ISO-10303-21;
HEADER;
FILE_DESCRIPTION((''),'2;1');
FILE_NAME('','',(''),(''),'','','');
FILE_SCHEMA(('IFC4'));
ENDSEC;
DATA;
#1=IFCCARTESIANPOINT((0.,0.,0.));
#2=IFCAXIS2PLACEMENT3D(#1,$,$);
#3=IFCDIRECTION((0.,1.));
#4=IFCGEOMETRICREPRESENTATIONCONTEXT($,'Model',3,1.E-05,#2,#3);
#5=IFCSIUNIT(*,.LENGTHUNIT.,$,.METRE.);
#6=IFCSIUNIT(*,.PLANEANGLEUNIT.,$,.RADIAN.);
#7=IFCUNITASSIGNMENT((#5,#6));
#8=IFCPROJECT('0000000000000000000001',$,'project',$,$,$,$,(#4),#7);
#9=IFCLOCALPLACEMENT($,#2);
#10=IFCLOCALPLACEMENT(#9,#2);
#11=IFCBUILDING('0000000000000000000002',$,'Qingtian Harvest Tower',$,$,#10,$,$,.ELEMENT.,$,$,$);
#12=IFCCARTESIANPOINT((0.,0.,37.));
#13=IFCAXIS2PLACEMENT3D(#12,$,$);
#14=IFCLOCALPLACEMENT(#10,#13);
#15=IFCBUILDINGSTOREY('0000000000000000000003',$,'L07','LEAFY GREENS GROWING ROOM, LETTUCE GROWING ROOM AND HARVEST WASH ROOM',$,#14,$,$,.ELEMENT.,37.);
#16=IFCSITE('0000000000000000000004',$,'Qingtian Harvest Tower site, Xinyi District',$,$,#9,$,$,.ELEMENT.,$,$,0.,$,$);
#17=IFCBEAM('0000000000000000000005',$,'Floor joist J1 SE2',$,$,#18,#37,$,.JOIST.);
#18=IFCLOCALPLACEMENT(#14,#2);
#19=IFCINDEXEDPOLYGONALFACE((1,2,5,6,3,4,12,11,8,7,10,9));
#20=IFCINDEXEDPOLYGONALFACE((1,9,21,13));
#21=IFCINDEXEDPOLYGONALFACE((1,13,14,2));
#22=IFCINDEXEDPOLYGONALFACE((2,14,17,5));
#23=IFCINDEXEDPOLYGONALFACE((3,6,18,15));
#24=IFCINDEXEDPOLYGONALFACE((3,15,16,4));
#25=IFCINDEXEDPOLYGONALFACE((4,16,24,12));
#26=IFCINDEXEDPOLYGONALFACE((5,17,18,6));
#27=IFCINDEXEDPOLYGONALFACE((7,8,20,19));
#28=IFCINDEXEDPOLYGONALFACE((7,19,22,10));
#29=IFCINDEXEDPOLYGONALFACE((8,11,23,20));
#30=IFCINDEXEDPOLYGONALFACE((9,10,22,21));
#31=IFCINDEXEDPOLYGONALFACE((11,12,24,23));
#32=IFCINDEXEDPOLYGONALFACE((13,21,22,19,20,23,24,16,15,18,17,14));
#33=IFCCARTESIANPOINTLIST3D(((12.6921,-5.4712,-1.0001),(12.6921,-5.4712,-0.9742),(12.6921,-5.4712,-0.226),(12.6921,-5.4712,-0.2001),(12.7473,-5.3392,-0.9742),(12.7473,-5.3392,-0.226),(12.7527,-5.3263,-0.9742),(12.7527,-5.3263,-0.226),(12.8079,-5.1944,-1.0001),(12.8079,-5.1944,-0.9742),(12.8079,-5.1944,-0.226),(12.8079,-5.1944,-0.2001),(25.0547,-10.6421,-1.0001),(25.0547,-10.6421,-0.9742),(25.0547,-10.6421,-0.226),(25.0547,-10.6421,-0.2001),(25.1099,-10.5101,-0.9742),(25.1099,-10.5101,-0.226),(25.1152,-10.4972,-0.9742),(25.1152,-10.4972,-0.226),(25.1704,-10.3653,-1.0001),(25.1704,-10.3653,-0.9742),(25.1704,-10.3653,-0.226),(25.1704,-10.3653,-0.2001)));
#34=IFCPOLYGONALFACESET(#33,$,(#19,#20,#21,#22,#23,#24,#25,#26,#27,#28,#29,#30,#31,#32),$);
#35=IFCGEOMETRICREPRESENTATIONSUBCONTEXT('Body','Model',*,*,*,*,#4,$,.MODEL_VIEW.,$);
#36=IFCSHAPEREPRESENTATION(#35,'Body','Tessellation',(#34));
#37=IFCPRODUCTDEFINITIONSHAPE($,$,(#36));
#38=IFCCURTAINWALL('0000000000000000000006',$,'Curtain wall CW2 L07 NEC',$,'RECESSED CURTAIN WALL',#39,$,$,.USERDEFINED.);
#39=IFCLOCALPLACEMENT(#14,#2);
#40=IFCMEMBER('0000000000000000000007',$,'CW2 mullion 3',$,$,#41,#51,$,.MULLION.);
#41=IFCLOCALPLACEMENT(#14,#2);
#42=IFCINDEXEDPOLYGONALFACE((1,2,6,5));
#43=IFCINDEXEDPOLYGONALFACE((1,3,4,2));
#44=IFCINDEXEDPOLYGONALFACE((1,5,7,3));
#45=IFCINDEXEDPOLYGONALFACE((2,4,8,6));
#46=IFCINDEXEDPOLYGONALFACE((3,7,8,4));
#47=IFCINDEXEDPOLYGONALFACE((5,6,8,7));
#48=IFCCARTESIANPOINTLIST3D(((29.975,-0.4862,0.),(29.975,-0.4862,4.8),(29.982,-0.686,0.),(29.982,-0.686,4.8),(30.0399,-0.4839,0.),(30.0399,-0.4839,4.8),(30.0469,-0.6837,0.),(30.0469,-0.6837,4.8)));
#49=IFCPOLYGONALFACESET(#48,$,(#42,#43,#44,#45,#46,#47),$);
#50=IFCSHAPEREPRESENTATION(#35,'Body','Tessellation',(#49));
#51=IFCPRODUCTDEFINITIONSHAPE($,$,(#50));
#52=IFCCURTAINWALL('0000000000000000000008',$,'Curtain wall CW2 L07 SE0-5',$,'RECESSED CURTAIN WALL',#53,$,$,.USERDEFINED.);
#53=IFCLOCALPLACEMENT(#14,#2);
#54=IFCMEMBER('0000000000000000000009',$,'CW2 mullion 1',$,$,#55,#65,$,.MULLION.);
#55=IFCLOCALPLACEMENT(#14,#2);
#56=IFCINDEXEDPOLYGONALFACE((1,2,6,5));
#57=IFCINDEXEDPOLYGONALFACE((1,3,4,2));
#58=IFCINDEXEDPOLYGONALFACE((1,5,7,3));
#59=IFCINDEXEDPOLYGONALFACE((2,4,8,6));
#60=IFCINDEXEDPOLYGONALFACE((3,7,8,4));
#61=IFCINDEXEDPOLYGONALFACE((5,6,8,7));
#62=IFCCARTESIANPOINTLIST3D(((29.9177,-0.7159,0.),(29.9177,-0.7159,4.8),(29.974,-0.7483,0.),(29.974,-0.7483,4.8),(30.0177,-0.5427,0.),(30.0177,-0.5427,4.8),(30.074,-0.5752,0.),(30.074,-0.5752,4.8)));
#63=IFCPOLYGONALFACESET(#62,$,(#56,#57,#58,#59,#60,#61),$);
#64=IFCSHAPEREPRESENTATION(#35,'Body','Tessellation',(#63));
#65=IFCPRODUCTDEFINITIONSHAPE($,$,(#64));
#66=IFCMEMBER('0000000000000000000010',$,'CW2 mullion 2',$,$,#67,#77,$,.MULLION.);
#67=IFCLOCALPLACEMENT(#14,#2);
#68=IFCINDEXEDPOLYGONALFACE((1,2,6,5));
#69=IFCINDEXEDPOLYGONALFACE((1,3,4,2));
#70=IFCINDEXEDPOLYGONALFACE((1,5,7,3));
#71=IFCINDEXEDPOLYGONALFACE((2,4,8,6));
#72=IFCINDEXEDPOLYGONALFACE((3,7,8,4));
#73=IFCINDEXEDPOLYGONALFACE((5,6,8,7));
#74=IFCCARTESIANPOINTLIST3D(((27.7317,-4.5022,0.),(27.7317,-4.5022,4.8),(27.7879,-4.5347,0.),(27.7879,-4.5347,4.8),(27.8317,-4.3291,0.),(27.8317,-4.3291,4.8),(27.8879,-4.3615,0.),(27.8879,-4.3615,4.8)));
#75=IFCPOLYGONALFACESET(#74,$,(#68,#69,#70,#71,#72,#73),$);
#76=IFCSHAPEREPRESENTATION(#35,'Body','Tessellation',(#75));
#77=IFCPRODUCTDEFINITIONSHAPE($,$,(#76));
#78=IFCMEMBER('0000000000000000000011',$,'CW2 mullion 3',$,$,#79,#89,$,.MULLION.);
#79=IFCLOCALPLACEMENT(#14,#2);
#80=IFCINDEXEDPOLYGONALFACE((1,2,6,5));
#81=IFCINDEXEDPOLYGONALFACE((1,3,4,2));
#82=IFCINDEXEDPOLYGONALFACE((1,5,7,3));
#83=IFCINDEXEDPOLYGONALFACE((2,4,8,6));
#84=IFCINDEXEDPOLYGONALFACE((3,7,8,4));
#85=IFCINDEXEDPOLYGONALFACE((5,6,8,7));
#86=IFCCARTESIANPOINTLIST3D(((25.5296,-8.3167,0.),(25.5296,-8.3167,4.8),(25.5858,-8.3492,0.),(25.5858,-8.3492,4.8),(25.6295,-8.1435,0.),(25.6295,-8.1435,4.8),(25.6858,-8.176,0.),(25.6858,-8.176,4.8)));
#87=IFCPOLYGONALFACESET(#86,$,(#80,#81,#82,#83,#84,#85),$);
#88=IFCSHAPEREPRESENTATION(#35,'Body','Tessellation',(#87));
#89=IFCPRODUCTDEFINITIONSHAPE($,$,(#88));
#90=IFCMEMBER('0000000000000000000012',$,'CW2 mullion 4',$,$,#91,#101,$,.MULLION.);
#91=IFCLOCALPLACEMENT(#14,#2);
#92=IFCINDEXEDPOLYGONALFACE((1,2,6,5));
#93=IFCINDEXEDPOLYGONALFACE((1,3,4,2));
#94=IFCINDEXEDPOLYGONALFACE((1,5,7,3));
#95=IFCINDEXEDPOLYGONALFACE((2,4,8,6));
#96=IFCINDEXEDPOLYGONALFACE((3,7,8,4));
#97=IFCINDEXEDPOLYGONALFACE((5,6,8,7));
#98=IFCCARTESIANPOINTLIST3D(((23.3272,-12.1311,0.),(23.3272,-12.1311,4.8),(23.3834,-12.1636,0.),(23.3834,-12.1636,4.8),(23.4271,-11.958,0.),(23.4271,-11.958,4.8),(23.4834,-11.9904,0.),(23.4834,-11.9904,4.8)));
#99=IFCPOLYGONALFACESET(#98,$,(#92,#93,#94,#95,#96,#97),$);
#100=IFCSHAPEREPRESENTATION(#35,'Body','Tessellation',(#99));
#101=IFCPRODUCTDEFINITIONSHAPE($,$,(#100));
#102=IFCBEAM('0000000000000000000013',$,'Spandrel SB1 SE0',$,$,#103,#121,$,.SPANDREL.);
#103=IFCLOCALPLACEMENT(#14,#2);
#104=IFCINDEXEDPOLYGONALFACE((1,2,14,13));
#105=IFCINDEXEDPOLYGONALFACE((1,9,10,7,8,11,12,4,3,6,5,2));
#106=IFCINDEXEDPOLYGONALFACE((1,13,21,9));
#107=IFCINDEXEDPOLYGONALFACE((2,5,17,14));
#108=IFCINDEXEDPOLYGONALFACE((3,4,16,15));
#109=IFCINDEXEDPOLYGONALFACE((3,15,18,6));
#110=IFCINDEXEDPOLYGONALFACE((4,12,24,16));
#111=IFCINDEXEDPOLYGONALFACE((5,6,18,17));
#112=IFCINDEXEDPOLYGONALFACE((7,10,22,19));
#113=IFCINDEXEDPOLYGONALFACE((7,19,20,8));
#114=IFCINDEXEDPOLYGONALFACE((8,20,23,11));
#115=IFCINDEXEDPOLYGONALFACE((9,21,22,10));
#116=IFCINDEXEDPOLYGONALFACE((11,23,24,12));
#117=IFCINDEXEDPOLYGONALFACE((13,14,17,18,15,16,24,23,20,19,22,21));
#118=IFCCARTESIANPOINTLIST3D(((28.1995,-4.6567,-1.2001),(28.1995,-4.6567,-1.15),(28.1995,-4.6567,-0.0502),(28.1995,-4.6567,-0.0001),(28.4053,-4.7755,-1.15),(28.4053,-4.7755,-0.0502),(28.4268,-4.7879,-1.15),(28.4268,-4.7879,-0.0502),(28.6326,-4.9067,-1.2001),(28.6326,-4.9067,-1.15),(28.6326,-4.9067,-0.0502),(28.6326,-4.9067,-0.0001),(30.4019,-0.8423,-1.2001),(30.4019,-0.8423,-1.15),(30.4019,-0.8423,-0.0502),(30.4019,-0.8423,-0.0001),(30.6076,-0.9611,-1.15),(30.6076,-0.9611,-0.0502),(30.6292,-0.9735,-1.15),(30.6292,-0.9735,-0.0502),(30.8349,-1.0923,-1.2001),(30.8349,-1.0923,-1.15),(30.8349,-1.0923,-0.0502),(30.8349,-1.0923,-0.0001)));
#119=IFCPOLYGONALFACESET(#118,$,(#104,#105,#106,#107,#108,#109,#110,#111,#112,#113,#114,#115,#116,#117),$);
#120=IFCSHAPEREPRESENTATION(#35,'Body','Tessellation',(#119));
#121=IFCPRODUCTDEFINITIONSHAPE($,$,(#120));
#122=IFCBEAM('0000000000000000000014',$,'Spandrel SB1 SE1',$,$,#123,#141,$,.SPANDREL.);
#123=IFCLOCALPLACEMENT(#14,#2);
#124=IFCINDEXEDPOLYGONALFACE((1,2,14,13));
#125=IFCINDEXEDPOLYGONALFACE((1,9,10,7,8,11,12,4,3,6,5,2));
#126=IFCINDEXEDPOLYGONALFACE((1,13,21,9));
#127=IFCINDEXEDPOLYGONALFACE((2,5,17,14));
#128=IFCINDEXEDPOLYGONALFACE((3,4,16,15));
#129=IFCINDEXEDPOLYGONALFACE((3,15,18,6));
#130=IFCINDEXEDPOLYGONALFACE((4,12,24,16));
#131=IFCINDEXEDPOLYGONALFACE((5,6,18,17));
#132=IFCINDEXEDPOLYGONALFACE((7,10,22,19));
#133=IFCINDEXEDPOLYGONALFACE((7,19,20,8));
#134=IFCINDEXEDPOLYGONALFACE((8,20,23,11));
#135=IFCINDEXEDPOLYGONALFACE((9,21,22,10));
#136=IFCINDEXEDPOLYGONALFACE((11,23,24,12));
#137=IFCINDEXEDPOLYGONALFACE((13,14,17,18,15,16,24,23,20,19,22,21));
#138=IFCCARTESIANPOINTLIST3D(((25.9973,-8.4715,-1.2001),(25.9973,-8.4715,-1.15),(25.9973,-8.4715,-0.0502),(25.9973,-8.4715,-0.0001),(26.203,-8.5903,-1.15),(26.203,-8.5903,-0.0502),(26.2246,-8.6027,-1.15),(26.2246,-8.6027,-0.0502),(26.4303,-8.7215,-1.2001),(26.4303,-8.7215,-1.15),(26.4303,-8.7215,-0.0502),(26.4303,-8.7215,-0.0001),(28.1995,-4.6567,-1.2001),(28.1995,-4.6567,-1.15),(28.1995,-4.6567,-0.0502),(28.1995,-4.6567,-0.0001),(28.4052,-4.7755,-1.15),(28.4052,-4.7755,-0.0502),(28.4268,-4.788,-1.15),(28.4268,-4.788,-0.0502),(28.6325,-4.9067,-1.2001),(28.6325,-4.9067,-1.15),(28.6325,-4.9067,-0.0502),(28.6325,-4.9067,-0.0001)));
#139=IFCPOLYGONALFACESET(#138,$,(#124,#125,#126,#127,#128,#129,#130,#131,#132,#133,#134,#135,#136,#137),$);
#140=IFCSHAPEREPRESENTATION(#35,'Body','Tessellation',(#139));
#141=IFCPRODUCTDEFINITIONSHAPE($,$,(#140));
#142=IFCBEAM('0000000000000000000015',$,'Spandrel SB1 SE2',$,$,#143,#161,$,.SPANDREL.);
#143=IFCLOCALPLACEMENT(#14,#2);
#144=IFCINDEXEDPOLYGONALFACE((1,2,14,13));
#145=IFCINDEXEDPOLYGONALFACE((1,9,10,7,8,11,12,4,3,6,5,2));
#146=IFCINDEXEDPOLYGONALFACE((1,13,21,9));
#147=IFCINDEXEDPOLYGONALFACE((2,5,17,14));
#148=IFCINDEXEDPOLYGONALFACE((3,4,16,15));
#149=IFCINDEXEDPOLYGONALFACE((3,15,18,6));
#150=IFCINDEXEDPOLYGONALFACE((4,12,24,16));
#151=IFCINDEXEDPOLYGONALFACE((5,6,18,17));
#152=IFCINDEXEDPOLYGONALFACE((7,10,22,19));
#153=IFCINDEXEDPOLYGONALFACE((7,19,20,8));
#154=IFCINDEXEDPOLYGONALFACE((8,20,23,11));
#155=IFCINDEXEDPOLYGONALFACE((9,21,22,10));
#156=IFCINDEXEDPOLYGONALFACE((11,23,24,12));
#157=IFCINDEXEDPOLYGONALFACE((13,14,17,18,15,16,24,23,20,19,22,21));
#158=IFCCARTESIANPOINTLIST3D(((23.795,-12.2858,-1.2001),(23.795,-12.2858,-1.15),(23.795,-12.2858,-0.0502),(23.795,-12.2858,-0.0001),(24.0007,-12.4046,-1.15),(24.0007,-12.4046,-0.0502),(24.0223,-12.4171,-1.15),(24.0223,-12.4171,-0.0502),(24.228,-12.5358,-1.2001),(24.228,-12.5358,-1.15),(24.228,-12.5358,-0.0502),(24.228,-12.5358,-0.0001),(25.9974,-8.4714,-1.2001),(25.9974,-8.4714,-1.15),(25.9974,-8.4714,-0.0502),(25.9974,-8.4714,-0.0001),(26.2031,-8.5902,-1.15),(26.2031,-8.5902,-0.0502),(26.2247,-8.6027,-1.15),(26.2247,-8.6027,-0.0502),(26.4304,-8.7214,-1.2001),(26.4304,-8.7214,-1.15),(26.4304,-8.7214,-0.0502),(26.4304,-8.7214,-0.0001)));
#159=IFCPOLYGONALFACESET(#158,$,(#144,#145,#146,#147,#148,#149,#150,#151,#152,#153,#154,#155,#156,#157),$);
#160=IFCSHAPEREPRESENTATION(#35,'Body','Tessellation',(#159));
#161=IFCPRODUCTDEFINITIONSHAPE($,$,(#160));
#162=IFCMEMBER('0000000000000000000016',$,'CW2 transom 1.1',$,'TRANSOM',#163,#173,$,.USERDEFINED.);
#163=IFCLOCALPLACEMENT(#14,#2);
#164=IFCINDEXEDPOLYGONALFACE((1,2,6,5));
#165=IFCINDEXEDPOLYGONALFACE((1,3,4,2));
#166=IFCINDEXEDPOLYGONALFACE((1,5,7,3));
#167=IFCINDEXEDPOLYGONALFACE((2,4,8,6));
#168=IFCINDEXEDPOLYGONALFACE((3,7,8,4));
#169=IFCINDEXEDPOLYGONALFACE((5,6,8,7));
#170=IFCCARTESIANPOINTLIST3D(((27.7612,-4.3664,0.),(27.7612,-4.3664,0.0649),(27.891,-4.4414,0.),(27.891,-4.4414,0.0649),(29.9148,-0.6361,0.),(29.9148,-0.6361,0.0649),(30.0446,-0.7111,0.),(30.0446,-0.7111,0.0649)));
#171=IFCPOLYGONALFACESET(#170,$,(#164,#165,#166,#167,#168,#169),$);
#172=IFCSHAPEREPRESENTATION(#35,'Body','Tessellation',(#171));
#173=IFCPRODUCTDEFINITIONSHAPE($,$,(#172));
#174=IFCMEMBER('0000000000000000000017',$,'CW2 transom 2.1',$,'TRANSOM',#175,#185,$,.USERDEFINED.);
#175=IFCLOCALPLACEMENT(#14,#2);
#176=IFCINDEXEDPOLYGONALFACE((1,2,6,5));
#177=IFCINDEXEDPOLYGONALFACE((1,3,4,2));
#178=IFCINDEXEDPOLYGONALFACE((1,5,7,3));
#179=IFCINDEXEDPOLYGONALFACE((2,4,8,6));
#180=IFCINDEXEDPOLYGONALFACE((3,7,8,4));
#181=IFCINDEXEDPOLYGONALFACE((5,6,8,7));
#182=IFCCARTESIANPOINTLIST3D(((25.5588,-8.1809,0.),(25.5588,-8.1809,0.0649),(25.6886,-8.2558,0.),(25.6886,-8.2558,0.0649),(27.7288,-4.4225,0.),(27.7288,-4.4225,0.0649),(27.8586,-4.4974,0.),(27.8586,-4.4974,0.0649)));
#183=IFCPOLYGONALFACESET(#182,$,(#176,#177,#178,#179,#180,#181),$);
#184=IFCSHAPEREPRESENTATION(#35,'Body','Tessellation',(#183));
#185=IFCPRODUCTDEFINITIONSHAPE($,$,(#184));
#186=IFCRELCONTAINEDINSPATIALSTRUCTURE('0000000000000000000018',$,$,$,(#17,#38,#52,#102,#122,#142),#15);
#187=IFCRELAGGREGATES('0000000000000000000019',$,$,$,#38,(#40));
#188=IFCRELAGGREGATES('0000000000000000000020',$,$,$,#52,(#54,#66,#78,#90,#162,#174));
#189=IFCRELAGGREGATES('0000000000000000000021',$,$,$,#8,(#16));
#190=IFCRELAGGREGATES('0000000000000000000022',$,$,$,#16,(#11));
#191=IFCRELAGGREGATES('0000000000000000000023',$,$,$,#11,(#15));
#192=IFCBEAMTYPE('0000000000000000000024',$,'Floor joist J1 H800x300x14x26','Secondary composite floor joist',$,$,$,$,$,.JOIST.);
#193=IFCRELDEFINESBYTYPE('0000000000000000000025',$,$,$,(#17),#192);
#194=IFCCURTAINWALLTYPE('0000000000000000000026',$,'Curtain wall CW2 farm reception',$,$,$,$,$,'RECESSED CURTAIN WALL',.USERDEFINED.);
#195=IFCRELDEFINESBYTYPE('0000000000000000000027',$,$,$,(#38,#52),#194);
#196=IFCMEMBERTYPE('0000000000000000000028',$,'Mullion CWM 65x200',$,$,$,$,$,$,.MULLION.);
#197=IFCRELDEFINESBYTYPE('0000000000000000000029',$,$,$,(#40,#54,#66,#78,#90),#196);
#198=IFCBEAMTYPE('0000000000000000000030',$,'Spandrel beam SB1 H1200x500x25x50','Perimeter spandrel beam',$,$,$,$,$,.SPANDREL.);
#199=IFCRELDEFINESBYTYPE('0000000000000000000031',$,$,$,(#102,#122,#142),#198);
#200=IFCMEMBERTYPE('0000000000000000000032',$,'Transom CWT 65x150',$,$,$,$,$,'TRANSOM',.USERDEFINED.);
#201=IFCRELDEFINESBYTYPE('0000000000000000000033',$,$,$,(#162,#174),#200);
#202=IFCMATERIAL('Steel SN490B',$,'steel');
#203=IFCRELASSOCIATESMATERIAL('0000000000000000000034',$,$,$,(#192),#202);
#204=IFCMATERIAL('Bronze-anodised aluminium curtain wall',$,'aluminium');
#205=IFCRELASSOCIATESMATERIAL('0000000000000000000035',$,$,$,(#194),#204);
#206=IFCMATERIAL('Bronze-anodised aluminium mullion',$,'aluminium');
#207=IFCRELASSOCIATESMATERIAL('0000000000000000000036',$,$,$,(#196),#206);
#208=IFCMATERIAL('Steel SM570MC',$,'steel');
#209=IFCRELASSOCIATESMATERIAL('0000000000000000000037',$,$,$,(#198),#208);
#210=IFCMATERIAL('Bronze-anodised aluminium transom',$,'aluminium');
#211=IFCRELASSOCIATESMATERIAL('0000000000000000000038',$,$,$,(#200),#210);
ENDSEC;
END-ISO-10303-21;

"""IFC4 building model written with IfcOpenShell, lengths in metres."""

from ifc_helpers import new_model, si_unit, direction, frame, origin, origin_2d, place, context, subcontext, project, spatial, rectangle, i_section, extrude, material, material_profile, profile_set, type_object, element, aggregate, save


model = new_model("IFC4")

# Units and contexts
model_context = context("Model", 3, precision=1e-05, world=origin(), true_north=direction((0.0, 1.0)))
body_context = subcontext(model_context, "Body", "Model", "MODEL_VIEW")
ifc_project = project(units=[si_unit("LENGTHUNIT", "METRE"), si_unit("PLANEANGLEUNIT", "RADIAN")], contexts=[model_context])

# Site, building, storey
site_placement = place(None, origin())
site = spatial("IfcSite", under=ifc_project, at=site_placement, Name="Qingtian Harvest Tower site, Xinyi District", CompositionType="ELEMENT", RefElevation=0.0)
building_placement = place(site_placement, origin())
building = spatial("IfcBuilding", under=site, at=building_placement, Name="Qingtian Harvest Tower", CompositionType="ELEMENT")
storey_placement = place(building_placement, frame((0.0, 0.0, 37.0)))
storey = spatial("IfcBuildingStorey", under=building, at=storey_placement, Name="L07", Description="LEAFY GREENS GROWING ROOM, LETTUCE GROWING ROOM AND HARVEST WASH ROOM", CompositionType="ELEMENT", Elevation=37.0)

# Beam
ifc_material_1 = material(Name="Steel SN490B", Category="steel")
ifc_material_profile_1 = material_profile(ifc_material_1, i_section(OverallWidth=0.3, OverallDepth=0.8, WebThickness=0.0139, FlangeThickness=0.0259, at=origin_2d()), Name="H800x300x14x26")
ifc_profile_set_1 = profile_set([ifc_material_profile_1], Name="Steel SN490B")
beam_type_1 = type_object("IfcBeamType", Name="Floor joist J1 H800x300x14x26", Description="Secondary composite floor joist", PredefinedType="JOIST", material=ifc_profile_set_1)
beam_1_placement = place(storey_placement, frame((25.1125, -10.5037, -0.6001), z_axis=(-0.922551, 0.385876, 0.0), x_axis=(-0.385876, -0.922551, 0.0)))
element("IfcBeam", 1, at=beam_1_placement, inside=storey, type_object=beam_type_1, Name="Floor joist J1 SE2", PredefinedType="JOIST", context=body_context, shape_type="SweptSolid", body=[
    extrude(i_section(OverallWidth=0.3, OverallDepth=0.8, WebThickness=0.0139, FlangeThickness=0.0259, at=origin_2d()), origin(), (0.0, 0.0, 1.0), 13.4004),
])

# Curtain wall, member
ifc_material_2 = material(Name="Bronze-anodised aluminium curtain wall", Category="aluminium")
curtain_wall_type = type_object("IfcCurtainWallType", Name="Curtain wall CW2 farm reception", ElementType="RECESSED CURTAIN WALL", PredefinedType="USERDEFINED", material=ifc_material_2)
curtain_wall_1_placement = place(storey_placement, origin())
curtain_wall_1 = element("IfcCurtainWall", 2, at=curtain_wall_1_placement, inside=storey, type_object=curtain_wall_type, Name="Curtain wall CW2 L07 NEC", ObjectType="RECESSED CURTAIN WALL", PredefinedType="USERDEFINED")
ifc_material_3 = material(Name="Bronze-anodised aluminium mullion", Category="aluminium")
ifc_material_profile_2 = material_profile(ifc_material_3, rectangle(XDim=0.0649, YDim=0.2, at=origin_2d()), Name="AL 65x200")
ifc_profile_set_2 = profile_set([ifc_material_profile_2], Name="Bronze-anodised aluminium mullion")
member_type_1 = type_object("IfcMemberType", Name="Mullion CWM 65x200", PredefinedType="MULLION", material=ifc_profile_set_2)
member_1_placement = place(storey_placement, frame((30.011, -0.585, 0.0), z_axis=(0.0, 0.0, 1.0), x_axis=(0.999391, 0.034899, 0.0)))
member_1 = element("IfcMember", 3, at=member_1_placement, type_object=member_type_1, Name="CW2 mullion 3", PredefinedType="MULLION", context=body_context, shape_type="SweptSolid", body=[
    extrude(rectangle(XDim=0.0649, YDim=0.2, at=origin_2d()), origin(), (0.0, 0.0, 1.0), 4.8),
])
aggregate(curtain_wall_1, [member_1])

# Curtain wall, members
curtain_wall_2_placement = place(storey_placement, origin())
curtain_wall_2 = element("IfcCurtainWall", 4, at=curtain_wall_2_placement, inside=storey, type_object=curtain_wall_type, Name="Curtain wall CW2 L07 SE0-5", ObjectType="RECESSED CURTAIN WALL", PredefinedType="USERDEFINED")
member_2_placement = place(storey_placement, frame((29.9958, -0.6455, 0.0), z_axis=(0.0, 0.0, 1.0), x_axis=(0.866025, -0.5, 0.0)))
member_2 = element("IfcMember", 5, at=member_2_placement, type_object=member_type_1, Name="CW2 mullion 1", PredefinedType="MULLION", context=body_context, shape_type="SweptSolid", body=[
    extrude(rectangle(XDim=0.0649, YDim=0.2, at=origin_2d()), origin(), (0.0, 0.0, 1.0), 4.8),
])
member_3_placement = place(storey_placement, frame((27.8098, -4.4319, 0.0), z_axis=(0.0, 0.0, 1.0), x_axis=(0.866025, -0.5, 0.0)))
member_3 = element("IfcMember", 6, at=member_3_placement, type_object=member_type_1, Name="CW2 mullion 2", PredefinedType="MULLION", context=body_context, shape_type="SweptSolid", body=[
    extrude(rectangle(XDim=0.0649, YDim=0.2, at=origin_2d()), origin(), (0.0, 0.0, 1.0), 4.8),
])
member_4_placement = place(storey_placement, frame((25.6077, -8.2463, 0.0), z_axis=(0.0, 0.0, 1.0), x_axis=(0.866025, -0.5, 0.0)))
member_4 = element("IfcMember", 7, at=member_4_placement, type_object=member_type_1, Name="CW2 mullion 3", PredefinedType="MULLION", context=body_context, shape_type="SweptSolid", body=[
    extrude(rectangle(XDim=0.0649, YDim=0.2, at=origin_2d()), origin(), (0.0, 0.0, 1.0), 4.8),
])
member_5_placement = place(storey_placement, frame((23.4053, -12.0608, 0.0), z_axis=(0.0, 0.0, 1.0), x_axis=(0.866025, -0.5, 0.0)))
member_5 = element("IfcMember", 8, at=member_5_placement, type_object=member_type_1, Name="CW2 mullion 4", PredefinedType="MULLION", context=body_context, shape_type="SweptSolid", body=[
    extrude(rectangle(XDim=0.0649, YDim=0.2, at=origin_2d()), origin(), (0.0, 0.0, 1.0), 4.8),
])

# Beams
ifc_material_4 = material(Name="Steel SM570MC", Category="steel")
ifc_material_profile_3 = material_profile(ifc_material_4, i_section(OverallWidth=0.5, OverallDepth=1.2, WebThickness=0.0249, FlangeThickness=0.05, at=origin_2d()), Name="H1200x500x25x50")
ifc_profile_set_3 = profile_set([ifc_material_profile_3], Name="Steel SM570MC")
beam_type_2 = type_object("IfcBeamType", Name="Spandrel beam SB1 H1200x500x25x50", Description="Perimeter spandrel beam", PredefinedType="SPANDREL", material=ifc_profile_set_3)
beam_2_placement = place(storey_placement, frame((30.6184, -0.9673, -0.6001), z_axis=(-0.50002, -0.866014, 0.0), x_axis=(0.866014, -0.50002, 0.0)))
element("IfcBeam", 9, at=beam_2_placement, inside=storey, type_object=beam_type_2, Name="Spandrel SB1 SE0", PredefinedType="SPANDREL", context=body_context, shape_type="SweptSolid", body=[
    extrude(i_section(OverallWidth=0.5, OverallDepth=1.2, WebThickness=0.0249, FlangeThickness=0.05, at=origin_2d()), origin(), (0.0, 0.0, 1.0), 4.4045),
])
beam_3_placement = place(storey_placement, frame((28.416, -4.7817, -0.6001), z_axis=(-0.499954, -0.866052, 0.0), x_axis=(0.866052, -0.499954, 0.0)))
element("IfcBeam", 10, at=beam_3_placement, inside=storey, type_object=beam_type_2, Name="Spandrel SB1 SE1", PredefinedType="SPANDREL", context=body_context, shape_type="SweptSolid", body=[
    extrude(i_section(OverallWidth=0.5, OverallDepth=1.2, WebThickness=0.0249, FlangeThickness=0.05, at=origin_2d()), origin(), (0.0, 0.0, 1.0), 4.4048),
])
beam_4_placement = place(storey_placement, frame((26.2139, -8.5964, -0.6001), z_axis=(-0.50002, -0.866014, 0.0), x_axis=(0.866014, -0.50002, 0.0)))
element("IfcBeam", 11, at=beam_4_placement, inside=storey, type_object=beam_type_2, Name="Spandrel SB1 SE2", PredefinedType="SPANDREL", context=body_context, shape_type="SweptSolid", body=[
    extrude(i_section(OverallWidth=0.5, OverallDepth=1.2, WebThickness=0.0249, FlangeThickness=0.05, at=origin_2d()), origin(), (0.0, 0.0, 1.0), 4.4045),
])

# Members
ifc_material_5 = material(Name="Bronze-anodised aluminium transom", Category="aluminium")
ifc_material_profile_4 = material_profile(ifc_material_5, rectangle(XDim=0.1499, YDim=0.0649, at=origin_2d()), Name="AL 65x150")
ifc_profile_set_4 = profile_set([ifc_material_profile_4], Name="Bronze-anodised aluminium transom")
member_type_2 = type_object("IfcMemberType", Name="Transom CWT 65x150", ElementType="TRANSOM", PredefinedType="USERDEFINED", material=ifc_profile_set_4)
member_6_placement = place(storey_placement, frame((29.9797, -0.6736, 0.0325), z_axis=(-0.499986, -0.866034, 0.0), x_axis=(0.866034, -0.499986, 0.0)))
member_6 = element("IfcMember", 12, at=member_6_placement, type_object=member_type_2, Name="CW2 transom 1.1", ObjectType="TRANSOM", PredefinedType="USERDEFINED", context=body_context, shape_type="SweptSolid", body=[
    extrude(rectangle(XDim=0.1499, YDim=0.0649, at=origin_2d()), origin(), (0.0, 0.0, 1.0), 4.3074),
])
member_7_placement = place(storey_placement, frame((27.7937, -4.46, 0.0325), z_axis=(-0.500011, -0.866019, 0.0), x_axis=(0.866019, -0.500011, 0.0)))
member_7 = element("IfcMember", 13, at=member_7_placement, type_object=member_type_2, Name="CW2 transom 2.1", ObjectType="TRANSOM", PredefinedType="USERDEFINED", context=body_context, shape_type="SweptSolid", body=[
    extrude(rectangle(XDim=0.1499, YDim=0.0649, at=origin_2d()), origin(), (0.0, 0.0, 1.0), 4.3398),
])

aggregate(curtain_wall_2, [member_2, member_3, member_4, member_5, member_6, member_7])

save(model, "model.ifc")
